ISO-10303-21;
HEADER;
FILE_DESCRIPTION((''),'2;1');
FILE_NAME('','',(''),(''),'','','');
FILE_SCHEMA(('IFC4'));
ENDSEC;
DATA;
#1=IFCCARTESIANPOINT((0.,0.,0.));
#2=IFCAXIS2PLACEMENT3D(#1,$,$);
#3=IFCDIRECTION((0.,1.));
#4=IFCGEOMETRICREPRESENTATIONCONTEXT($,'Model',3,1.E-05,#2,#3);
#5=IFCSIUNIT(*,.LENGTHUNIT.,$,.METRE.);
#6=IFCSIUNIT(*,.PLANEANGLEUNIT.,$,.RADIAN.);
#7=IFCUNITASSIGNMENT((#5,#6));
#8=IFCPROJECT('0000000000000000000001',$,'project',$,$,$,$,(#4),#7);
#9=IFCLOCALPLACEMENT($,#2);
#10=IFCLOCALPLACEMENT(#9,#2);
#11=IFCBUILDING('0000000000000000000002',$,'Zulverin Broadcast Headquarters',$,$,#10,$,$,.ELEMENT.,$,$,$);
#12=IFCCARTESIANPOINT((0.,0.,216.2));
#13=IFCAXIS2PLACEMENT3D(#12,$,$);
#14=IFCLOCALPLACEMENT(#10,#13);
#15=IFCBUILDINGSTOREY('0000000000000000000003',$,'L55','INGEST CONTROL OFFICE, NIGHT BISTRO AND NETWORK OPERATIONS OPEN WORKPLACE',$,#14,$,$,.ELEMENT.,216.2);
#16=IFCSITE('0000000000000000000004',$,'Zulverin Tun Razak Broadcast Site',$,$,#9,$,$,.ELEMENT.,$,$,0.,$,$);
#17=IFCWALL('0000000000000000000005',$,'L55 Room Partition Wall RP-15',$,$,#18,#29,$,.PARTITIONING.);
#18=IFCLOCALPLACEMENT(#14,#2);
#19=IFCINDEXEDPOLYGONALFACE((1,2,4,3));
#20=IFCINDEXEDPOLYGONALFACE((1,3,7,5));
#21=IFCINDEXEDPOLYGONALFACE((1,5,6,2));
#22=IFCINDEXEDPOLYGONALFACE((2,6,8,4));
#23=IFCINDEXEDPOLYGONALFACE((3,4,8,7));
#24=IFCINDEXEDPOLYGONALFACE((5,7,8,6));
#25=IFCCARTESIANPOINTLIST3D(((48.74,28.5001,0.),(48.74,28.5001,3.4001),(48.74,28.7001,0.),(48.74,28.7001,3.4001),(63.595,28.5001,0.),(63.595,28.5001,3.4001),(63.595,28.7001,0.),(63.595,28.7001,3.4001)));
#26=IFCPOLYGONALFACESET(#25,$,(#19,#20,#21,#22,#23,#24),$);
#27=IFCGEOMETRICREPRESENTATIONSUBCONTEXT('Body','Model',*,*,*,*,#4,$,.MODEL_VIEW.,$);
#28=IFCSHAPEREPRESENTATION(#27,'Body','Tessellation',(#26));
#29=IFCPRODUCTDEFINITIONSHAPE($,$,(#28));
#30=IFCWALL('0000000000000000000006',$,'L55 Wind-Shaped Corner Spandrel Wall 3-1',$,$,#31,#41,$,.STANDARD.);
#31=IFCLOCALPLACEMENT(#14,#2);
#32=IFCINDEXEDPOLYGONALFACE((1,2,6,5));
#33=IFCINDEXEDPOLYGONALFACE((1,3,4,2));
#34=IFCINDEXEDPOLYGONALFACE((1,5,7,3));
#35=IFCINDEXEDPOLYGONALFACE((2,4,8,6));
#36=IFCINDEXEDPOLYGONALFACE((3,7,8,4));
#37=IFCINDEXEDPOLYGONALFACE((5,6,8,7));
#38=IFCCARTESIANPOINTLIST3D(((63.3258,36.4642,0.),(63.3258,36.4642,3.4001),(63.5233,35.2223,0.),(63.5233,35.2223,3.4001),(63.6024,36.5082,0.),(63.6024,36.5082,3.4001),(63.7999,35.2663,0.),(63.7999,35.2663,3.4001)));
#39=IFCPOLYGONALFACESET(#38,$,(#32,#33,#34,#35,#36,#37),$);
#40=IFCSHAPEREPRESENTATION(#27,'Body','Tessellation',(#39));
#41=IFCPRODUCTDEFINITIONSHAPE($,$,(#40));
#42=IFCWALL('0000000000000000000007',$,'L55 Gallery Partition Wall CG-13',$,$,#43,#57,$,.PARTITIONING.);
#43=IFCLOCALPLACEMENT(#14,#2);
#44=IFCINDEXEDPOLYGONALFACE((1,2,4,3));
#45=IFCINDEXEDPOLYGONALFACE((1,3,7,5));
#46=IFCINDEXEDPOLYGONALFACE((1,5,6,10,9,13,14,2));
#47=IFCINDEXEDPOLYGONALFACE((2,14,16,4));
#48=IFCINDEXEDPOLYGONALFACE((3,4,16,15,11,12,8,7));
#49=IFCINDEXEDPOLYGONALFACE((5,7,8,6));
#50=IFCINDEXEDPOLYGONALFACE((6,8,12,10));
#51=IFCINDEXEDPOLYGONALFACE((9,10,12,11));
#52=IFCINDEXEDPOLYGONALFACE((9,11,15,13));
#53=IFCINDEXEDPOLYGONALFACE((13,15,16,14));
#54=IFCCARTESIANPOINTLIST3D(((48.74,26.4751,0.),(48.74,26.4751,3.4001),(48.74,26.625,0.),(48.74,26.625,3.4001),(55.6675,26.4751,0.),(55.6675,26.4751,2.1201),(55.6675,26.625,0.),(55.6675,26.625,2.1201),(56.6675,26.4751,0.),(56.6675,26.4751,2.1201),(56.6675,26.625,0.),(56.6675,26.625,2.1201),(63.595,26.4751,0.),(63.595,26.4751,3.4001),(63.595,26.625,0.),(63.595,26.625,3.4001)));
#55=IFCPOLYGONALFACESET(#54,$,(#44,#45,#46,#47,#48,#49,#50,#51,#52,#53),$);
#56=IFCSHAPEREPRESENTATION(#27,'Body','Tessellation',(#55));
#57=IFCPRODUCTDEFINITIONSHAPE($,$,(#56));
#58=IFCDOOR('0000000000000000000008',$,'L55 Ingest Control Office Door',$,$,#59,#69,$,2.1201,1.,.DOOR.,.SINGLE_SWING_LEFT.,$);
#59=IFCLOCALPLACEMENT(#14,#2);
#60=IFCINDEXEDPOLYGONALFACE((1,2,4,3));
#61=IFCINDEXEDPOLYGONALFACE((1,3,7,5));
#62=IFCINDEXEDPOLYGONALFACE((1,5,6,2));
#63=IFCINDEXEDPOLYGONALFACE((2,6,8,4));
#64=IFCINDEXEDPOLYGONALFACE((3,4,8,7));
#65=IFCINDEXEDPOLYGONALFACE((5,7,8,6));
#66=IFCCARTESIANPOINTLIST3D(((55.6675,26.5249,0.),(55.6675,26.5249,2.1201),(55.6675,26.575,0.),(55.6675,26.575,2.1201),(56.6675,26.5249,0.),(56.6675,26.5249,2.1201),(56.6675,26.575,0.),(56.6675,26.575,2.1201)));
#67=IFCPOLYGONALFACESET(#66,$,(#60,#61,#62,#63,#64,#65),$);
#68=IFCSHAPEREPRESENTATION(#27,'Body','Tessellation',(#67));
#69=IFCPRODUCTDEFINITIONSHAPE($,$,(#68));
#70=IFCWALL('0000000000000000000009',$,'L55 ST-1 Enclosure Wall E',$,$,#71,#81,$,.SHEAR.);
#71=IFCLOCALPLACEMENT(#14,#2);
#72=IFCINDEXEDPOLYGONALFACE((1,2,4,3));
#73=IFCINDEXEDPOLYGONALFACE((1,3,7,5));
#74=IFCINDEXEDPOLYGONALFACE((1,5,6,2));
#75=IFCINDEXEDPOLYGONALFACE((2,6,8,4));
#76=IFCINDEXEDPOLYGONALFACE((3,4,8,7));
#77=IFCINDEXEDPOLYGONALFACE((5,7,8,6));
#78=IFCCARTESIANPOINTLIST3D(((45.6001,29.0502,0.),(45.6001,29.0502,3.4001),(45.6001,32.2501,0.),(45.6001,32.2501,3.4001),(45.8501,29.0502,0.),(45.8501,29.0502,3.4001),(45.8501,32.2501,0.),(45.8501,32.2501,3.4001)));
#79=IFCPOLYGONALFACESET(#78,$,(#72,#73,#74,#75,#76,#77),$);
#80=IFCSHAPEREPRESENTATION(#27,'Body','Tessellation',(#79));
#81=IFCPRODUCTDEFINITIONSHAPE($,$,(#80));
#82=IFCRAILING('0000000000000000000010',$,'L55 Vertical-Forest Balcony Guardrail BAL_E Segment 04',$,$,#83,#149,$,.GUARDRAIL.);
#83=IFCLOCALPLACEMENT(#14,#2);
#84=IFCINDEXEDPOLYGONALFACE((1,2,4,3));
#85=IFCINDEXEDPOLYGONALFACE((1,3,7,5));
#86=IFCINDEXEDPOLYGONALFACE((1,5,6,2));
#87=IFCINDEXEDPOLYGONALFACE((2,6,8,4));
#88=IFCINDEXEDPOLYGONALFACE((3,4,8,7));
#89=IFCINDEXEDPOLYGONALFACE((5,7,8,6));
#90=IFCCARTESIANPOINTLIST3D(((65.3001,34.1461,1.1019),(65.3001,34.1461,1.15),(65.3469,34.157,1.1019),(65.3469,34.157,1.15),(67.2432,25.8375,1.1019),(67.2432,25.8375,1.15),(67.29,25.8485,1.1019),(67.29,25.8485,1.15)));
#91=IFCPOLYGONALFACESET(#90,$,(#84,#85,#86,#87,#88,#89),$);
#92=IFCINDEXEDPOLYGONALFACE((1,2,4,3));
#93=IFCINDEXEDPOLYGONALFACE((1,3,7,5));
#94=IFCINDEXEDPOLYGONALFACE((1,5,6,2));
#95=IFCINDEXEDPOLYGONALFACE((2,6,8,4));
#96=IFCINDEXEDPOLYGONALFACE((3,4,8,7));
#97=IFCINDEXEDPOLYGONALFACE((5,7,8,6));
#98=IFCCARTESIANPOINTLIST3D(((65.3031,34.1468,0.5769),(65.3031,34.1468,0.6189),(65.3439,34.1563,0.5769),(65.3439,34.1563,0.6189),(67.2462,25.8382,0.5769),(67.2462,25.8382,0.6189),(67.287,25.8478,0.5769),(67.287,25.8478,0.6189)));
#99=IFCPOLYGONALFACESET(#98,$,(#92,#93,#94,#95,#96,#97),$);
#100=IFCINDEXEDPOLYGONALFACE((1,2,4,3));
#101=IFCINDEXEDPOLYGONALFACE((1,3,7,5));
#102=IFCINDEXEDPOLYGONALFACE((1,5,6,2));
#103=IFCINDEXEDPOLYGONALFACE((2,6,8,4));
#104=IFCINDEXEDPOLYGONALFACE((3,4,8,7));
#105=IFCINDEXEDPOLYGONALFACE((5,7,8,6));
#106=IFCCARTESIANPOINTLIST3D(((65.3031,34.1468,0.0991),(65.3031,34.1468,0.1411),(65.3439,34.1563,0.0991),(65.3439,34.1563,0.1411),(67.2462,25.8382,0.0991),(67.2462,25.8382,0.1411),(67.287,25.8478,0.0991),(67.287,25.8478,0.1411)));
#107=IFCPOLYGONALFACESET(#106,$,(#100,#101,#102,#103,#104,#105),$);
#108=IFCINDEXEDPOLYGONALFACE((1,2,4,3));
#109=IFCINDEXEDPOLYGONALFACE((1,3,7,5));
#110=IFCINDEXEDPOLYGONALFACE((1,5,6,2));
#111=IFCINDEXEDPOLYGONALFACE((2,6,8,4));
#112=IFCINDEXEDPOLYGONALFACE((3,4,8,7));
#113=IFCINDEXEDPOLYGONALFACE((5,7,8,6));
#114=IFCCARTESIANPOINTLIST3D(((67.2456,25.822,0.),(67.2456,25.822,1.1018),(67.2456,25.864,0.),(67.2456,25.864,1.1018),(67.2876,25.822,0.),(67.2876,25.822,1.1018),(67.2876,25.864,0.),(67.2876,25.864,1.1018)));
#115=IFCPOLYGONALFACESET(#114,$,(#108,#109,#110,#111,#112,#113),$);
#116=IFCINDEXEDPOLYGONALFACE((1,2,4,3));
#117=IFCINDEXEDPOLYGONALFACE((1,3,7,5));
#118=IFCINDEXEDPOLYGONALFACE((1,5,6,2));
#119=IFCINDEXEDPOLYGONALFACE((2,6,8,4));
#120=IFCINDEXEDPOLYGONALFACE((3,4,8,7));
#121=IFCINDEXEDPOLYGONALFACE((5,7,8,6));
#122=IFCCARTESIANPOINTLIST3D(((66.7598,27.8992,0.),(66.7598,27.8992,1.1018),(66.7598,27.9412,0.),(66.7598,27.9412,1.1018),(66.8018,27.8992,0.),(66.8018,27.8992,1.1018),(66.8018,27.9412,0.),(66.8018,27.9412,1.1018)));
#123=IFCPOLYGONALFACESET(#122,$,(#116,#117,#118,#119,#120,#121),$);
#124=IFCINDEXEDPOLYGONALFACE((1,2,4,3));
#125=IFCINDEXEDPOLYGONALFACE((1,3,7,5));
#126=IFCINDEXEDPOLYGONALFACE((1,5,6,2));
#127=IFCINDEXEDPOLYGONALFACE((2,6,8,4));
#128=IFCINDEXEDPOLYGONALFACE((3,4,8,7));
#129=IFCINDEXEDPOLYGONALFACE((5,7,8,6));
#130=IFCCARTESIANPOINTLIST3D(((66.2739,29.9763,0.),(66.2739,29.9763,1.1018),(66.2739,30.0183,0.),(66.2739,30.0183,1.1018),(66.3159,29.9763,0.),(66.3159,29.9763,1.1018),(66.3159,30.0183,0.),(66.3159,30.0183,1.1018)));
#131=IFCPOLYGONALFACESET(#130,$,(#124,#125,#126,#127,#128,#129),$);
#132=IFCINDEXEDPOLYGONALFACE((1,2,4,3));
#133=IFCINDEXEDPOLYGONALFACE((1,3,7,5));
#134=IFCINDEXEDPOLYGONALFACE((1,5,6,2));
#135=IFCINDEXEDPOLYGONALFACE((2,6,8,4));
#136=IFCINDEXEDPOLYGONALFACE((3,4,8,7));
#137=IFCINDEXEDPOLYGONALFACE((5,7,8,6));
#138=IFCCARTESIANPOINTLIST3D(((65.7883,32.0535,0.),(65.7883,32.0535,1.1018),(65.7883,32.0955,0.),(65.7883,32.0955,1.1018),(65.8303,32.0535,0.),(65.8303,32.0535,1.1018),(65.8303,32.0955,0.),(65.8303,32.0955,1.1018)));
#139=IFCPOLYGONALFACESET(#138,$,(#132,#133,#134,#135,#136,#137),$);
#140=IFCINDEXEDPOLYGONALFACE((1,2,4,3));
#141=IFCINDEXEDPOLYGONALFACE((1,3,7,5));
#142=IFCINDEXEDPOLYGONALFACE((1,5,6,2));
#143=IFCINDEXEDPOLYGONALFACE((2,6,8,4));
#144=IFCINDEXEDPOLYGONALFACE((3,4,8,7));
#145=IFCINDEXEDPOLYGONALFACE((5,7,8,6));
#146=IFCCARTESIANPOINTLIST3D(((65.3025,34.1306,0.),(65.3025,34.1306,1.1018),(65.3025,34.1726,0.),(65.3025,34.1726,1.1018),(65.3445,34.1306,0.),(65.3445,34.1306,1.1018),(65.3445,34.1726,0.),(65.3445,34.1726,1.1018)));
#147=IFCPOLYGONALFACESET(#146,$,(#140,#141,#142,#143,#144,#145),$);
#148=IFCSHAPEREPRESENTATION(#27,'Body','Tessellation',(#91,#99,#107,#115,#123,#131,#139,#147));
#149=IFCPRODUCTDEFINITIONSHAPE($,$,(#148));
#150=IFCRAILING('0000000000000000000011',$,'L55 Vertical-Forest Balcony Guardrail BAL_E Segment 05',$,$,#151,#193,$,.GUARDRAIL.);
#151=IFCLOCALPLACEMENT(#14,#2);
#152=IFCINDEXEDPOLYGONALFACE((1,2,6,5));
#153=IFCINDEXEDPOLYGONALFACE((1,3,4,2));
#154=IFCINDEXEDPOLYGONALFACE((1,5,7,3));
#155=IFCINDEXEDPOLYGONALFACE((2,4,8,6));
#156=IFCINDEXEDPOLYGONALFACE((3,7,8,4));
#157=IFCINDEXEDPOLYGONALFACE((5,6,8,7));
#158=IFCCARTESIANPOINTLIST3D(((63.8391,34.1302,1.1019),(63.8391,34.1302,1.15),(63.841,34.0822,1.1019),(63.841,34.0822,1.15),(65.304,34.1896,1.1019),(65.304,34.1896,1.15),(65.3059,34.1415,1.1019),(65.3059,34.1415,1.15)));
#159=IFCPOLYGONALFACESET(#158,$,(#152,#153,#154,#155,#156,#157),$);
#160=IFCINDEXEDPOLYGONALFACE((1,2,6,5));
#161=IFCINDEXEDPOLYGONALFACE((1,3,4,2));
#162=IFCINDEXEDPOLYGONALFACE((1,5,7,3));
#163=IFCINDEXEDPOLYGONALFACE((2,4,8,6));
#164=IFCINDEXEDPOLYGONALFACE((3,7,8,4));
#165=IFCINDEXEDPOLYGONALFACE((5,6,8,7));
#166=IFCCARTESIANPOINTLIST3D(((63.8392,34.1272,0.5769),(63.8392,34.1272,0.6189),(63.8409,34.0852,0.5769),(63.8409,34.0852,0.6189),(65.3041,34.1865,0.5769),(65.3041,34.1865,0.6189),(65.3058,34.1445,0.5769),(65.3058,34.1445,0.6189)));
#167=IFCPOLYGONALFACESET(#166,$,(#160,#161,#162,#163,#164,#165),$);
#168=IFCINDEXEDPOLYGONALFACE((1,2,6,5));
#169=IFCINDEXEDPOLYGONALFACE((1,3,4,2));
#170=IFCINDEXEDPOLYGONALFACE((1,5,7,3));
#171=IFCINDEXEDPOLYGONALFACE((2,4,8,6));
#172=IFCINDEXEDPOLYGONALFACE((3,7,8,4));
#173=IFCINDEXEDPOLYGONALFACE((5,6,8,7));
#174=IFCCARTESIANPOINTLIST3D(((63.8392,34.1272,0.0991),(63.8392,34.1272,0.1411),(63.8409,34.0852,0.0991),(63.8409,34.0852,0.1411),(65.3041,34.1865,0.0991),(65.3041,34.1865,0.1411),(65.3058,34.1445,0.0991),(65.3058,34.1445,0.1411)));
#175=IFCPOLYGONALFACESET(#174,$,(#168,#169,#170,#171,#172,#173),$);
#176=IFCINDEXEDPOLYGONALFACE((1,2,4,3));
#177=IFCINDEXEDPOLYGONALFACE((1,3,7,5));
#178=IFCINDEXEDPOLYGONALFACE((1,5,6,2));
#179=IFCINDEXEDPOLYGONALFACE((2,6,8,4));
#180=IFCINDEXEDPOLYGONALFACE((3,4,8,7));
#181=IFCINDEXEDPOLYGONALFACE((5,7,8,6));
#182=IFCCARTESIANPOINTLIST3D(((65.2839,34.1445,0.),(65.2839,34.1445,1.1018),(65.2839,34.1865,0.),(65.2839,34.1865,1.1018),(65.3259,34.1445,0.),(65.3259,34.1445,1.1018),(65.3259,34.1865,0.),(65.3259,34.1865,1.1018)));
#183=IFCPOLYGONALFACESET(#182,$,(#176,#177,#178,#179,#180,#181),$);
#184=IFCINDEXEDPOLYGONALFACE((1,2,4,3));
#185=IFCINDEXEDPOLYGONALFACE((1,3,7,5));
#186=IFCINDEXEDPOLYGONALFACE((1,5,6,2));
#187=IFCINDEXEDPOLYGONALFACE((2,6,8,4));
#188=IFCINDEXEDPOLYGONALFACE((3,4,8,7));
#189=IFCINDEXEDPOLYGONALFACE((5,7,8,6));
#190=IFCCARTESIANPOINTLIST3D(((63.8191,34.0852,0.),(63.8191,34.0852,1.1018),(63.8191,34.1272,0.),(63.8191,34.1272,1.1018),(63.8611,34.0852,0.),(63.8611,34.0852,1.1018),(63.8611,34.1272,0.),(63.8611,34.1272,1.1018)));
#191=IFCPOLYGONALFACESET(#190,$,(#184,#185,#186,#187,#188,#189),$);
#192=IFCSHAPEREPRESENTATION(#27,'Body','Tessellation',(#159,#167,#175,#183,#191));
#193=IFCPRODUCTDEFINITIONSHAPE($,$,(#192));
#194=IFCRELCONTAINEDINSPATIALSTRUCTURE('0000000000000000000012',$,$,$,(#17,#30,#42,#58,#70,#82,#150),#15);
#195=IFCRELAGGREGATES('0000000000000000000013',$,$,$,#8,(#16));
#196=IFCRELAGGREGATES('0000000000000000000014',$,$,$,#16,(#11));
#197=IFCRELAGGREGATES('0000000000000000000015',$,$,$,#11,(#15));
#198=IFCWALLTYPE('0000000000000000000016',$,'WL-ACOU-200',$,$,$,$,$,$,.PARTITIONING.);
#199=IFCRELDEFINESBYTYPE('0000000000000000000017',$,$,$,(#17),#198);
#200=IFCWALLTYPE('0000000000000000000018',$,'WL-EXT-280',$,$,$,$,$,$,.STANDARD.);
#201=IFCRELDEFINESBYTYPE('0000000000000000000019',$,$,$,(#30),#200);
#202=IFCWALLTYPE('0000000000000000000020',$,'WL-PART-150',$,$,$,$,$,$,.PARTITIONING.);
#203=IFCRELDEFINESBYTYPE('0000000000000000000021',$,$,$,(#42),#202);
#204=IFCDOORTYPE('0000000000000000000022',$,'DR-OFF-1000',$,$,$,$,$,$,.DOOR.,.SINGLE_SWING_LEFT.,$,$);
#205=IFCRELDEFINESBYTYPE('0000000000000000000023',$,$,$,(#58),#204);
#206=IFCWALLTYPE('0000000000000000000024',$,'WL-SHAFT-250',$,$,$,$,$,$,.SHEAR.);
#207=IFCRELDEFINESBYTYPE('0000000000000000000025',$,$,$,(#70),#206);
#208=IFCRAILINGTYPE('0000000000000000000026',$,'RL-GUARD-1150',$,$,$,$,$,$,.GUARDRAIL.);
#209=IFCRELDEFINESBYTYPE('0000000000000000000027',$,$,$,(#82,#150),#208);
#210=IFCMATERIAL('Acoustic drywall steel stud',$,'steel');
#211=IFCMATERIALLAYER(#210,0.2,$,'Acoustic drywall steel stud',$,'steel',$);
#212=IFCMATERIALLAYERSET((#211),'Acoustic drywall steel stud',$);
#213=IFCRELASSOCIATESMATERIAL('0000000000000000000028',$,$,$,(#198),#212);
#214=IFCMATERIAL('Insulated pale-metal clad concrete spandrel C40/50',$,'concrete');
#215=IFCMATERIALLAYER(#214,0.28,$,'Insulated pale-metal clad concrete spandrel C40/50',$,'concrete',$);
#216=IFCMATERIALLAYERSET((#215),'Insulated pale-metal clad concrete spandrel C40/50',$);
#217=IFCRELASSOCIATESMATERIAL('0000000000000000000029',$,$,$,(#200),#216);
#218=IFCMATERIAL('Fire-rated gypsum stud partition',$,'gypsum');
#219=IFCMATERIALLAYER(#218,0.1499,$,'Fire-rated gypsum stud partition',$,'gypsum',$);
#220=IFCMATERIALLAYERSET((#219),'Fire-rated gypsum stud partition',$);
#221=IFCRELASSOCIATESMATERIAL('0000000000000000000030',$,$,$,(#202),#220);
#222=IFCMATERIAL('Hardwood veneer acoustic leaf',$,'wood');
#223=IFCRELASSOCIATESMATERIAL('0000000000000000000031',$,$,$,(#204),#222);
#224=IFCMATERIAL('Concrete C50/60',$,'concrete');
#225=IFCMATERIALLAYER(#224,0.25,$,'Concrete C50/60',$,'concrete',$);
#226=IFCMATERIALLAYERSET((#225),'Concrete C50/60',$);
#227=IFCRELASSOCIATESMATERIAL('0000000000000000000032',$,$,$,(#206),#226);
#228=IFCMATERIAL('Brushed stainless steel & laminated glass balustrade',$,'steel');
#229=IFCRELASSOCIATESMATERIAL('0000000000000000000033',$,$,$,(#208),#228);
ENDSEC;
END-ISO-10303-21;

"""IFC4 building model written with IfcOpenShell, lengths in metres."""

from ifc_helpers import new_model, si_unit, direction, frame, frame_2d, origin, origin_2d, place, context, subcontext, project, spatial, rectangle, extrude, material, layer, layer_set, type_object, element, fill, save


model = new_model("IFC4")

# Units and contexts
model_context = context("Model", 3, precision=1e-05, world=origin(), true_north=direction((0.0, 1.0)))
body_context = subcontext(model_context, "Body", "Model", "MODEL_VIEW")
ifc_project = project(units=[si_unit("LENGTHUNIT", "METRE"), si_unit("PLANEANGLEUNIT", "RADIAN")], contexts=[model_context])

# Site, building, storey
site_placement = place(None, origin())
site = spatial("IfcSite", under=ifc_project, at=site_placement, Name="Zulverin Tun Razak Broadcast Site", CompositionType="ELEMENT", RefElevation=0.0)
building_placement = place(site_placement, origin())
building = spatial("IfcBuilding", under=site, at=building_placement, Name="Zulverin Broadcast Headquarters", CompositionType="ELEMENT")
storey_placement = place(building_placement, frame((0.0, 0.0, 216.2)))
storey = spatial("IfcBuildingStorey", under=building, at=storey_placement, Name="L55", Description="INGEST CONTROL OFFICE, NIGHT BISTRO AND NETWORK OPERATIONS OPEN WORKPLACE", CompositionType="ELEMENT", Elevation=216.2)

# Shared definitions
ifc_material_1 = material(Name="Concrete C50/60", Category="concrete")

# Walls
ifc_material_2 = material(Name="Acoustic drywall steel stud", Category="steel")
ifc_layer_1 = layer(ifc_material_2, 0.2, Name="Acoustic drywall steel stud", Category="steel")
ifc_layer_set_1 = layer_set([ifc_layer_1], Name="Acoustic drywall steel stud")
wall_type_1 = type_object("IfcWallType", Name="WL-ACOU-200", PredefinedType="PARTITIONING", material=ifc_layer_set_1)
wall_1_placement = place(storey_placement, frame((48.74, 28.6001, 0.0), z_axis=(0.0, 0.0, 1.0), x_axis=(1.0, 0.0, 0.0)))
element("IfcWall", 1, at=wall_1_placement, inside=storey, type_object=wall_type_1, Name="L55 Room Partition Wall RP-15", PredefinedType="PARTITIONING", context=body_context, shape_type="SweptSolid", body=[
    extrude(rectangle(XDim=14.855, YDim=0.2, at=frame_2d((7.4275, 0.0))), origin(), (0.0, 0.0, 1.0), 3.4001),
])
ifc_material_3 = material(Name="Insulated pale-metal clad concrete spandrel C40/50", Category="concrete")
ifc_layer_2 = layer(ifc_material_3, 0.28, Name="Insulated pale-metal clad concrete spandrel C40/50", Category="concrete")
ifc_layer_set_2 = layer_set([ifc_layer_2], Name="Insulated pale-metal clad concrete spandrel C40/50")
wall_type_2 = type_object("IfcWallType", Name="WL-EXT-280", PredefinedType="STANDARD", material=ifc_layer_set_2)
wall_2_placement = place(storey_placement, frame((63.6616, 35.2441, 0.0), z_axis=(0.0, 0.0, 1.0), x_axis=(-0.157059, 0.987589, 0.0)))
element("IfcWall", 2, at=wall_2_placement, inside=storey, type_object=wall_type_2, Name="L55 Wind-Shaped Corner Spandrel Wall 3-1", PredefinedType="STANDARD", context=body_context, shape_type="SweptSolid", body=[
    extrude(rectangle(XDim=1.2576, YDim=0.28, at=frame_2d((0.6289, 0.0))), origin(), (0.0, 0.0, 1.0), 3.4001),
])

# Wall, opening, door
ifc_material_4 = material(Name="Fire-rated gypsum stud partition", Category="gypsum")
ifc_layer_3 = layer(ifc_material_4, 0.1499, Name="Fire-rated gypsum stud partition", Category="gypsum")
ifc_layer_set_3 = layer_set([ifc_layer_3], Name="Fire-rated gypsum stud partition")
wall_type_3 = type_object("IfcWallType", Name="WL-PART-150", PredefinedType="PARTITIONING", material=ifc_layer_set_3)
wall_3_placement = place(storey_placement, frame((48.74, 26.55, 0.0), z_axis=(0.0, 0.0, 1.0), x_axis=(1.0, 0.0, 0.0)))
wall_3 = element("IfcWall", 3, at=wall_3_placement, inside=storey, type_object=wall_type_3, Name="L55 Gallery Partition Wall CG-13", PredefinedType="PARTITIONING", context=body_context, shape_type="SweptSolid", body=[
    extrude(rectangle(XDim=14.855, YDim=0.1499, at=frame_2d((7.4275, 0.0))), origin(), (0.0, 0.0, 1.0), 3.4001),
])
opening_placement = place(wall_3_placement, frame((6.9275, 0.0, 0.0)))
opening = element("IfcOpeningElement", 4, at=opening_placement, cuts=wall_3, PredefinedType="OPENING", context=body_context, shape_type="SweptSolid", body=[
    extrude(rectangle(XDim=1.0, YDim=2.1201, at=frame_2d((0.5, 1.0601))), frame((0.0, 0.085, 0.0), z_axis=(0.0, -1.0, 0.0), x_axis=(1.0, 0.0, 0.0)), (0.0, 0.0, 1.0), 0.1699),
])
ifc_material_5 = material(Name="Hardwood veneer acoustic leaf", Category="wood")
door_type = type_object("IfcDoorType", Name="DR-OFF-1000", OperationType="SINGLE_SWING_LEFT", PredefinedType="DOOR", material=ifc_material_5)
door_placement = place(opening_placement, origin())
door = element("IfcDoor", 5, at=door_placement, inside=storey, type_object=door_type, Name="L55 Ingest Control Office Door", OperationType="SINGLE_SWING_LEFT", OverallHeight=2.1201, OverallWidth=1.0, PredefinedType="DOOR", context=body_context, shape_type="SweptSolid", body=[
    extrude(rectangle(XDim=1.0, YDim=2.1201, at=frame_2d((0.5, 1.0601))), frame((0.0, 0.0249, 0.0), z_axis=(0.0, -1.0, 0.0), x_axis=(1.0, 0.0, 0.0)), (0.0, 0.0, 1.0), 0.05),
])
fill(opening, door)

# Wall
ifc_layer_4 = layer(ifc_material_1, 0.25, Name="Concrete C50/60", Category="concrete")
ifc_layer_set_4 = layer_set([ifc_layer_4], Name="Concrete C50/60")
wall_type_4 = type_object("IfcWallType", Name="WL-SHAFT-250", PredefinedType="SHEAR", material=ifc_layer_set_4)
wall_4_placement = place(storey_placement, frame((45.7251, 29.05, 0.0), z_axis=(0.0, 0.0, 1.0), x_axis=(0.0, 1.0, 0.0)))
element("IfcWall", 6, at=wall_4_placement, inside=storey, type_object=wall_type_4, Name="L55 ST-1 Enclosure Wall E", PredefinedType="SHEAR", context=body_context, shape_type="SweptSolid", body=[
    extrude(rectangle(XDim=3.2, YDim=0.25, at=frame_2d((1.6001, 0.0))), origin(), (0.0, 0.0, 1.0), 3.4001),
])

# Railings
ifc_material_6 = material(Name="Brushed stainless steel & laminated glass balustrade", Category="steel")
railing_type = type_object("IfcRailingType", Name="RL-GUARD-1150", PredefinedType="GUARDRAIL", material=ifc_material_6)
railing_1_placement = place(storey_placement, frame((67.2666, 25.843, 0.0)))
element("IfcRailing", 7, at=railing_1_placement, inside=storey, type_object=railing_type, Name="L55 Vertical-Forest Balcony Guardrail BAL_E Segment 04", PredefinedType="GUARDRAIL", context=body_context, shape_type="SweptSolid", body=[
    extrude(rectangle(XDim=0.0481, YDim=0.0481, at=origin_2d()), frame((0.0, 0.0, 1.126), z_axis=(-0.227723, 0.973726, 0.0), x_axis=(-0.973726, -0.227723, 0.0)), (0.0, 0.0, 1.0), 8.5327),
    extrude(rectangle(XDim=0.042, YDim=0.042, at=origin_2d()), frame((0.0, 0.0, 0.5979), z_axis=(-0.227723, 0.973726, 0.0), x_axis=(-0.973726, -0.227723, 0.0)), (0.0, 0.0, 1.0), 8.5327),
    extrude(rectangle(XDim=0.042, YDim=0.042, at=origin_2d()), frame((0.0, 0.0, 0.1201), z_axis=(-0.227723, 0.973726, 0.0), x_axis=(-0.973726, -0.227723, 0.0)), (0.0, 0.0, 1.0), 8.5327),
    extrude(rectangle(XDim=0.042, YDim=0.042, at=origin_2d()), origin(), (0.0, 0.0, 1.0), 1.1018),
    extrude(rectangle(XDim=0.042, YDim=0.042, at=origin_2d()), frame((-0.4858, 2.0771, 0.0)), (0.0, 0.0, 1.0), 1.1018),
    extrude(rectangle(XDim=0.042, YDim=0.042, at=origin_2d()), frame((-0.9717, 4.1543, 0.0)), (0.0, 0.0, 1.0), 1.1018),
    extrude(rectangle(XDim=0.042, YDim=0.042, at=origin_2d()), frame((-1.4573, 6.2314, 0.0)), (0.0, 0.0, 1.0), 1.1018),
    extrude(rectangle(XDim=0.042, YDim=0.042, at=origin_2d()), frame((-1.9431, 8.3086, 0.0)), (0.0, 0.0, 1.0), 1.1018),
])
railing_2_placement = place(storey_placement, frame((65.3049, 34.1655, 0.0)))
element("IfcRailing", 8, at=railing_2_placement, inside=storey, type_object=railing_type, Name="L55 Vertical-Forest Balcony Guardrail BAL_E Segment 05", PredefinedType="GUARDRAIL", context=body_context, shape_type="SweptSolid", body=[
    extrude(rectangle(XDim=0.0481, YDim=0.0481, at=origin_2d()), frame((0.0, 0.0, 1.126), z_axis=(-0.999181, -0.040467, 0.0), x_axis=(0.040467, -0.999181, 0.0)), (0.0, 0.0, 1.0), 1.4661),
    extrude(rectangle(XDim=0.042, YDim=0.042, at=origin_2d()), frame((0.0, 0.0, 0.5979), z_axis=(-0.999181, -0.040467, 0.0), x_axis=(0.040467, -0.999181, 0.0)), (0.0, 0.0, 1.0), 1.4661),
    extrude(rectangle(XDim=0.042, YDim=0.042, at=origin_2d()), frame((0.0, 0.0, 0.1201), z_axis=(-0.999181, -0.040467, 0.0), x_axis=(0.040467, -0.999181, 0.0)), (0.0, 0.0, 1.0), 1.4661),
    extrude(rectangle(XDim=0.042, YDim=0.042, at=origin_2d()), origin(), (0.0, 0.0, 1.0), 1.1018),
    extrude(rectangle(XDim=0.042, YDim=0.042, at=origin_2d()), frame((-1.4648, -0.0593, 0.0)), (0.0, 0.0, 1.0), 1.1018),
])

save(model, "model.ifc")
